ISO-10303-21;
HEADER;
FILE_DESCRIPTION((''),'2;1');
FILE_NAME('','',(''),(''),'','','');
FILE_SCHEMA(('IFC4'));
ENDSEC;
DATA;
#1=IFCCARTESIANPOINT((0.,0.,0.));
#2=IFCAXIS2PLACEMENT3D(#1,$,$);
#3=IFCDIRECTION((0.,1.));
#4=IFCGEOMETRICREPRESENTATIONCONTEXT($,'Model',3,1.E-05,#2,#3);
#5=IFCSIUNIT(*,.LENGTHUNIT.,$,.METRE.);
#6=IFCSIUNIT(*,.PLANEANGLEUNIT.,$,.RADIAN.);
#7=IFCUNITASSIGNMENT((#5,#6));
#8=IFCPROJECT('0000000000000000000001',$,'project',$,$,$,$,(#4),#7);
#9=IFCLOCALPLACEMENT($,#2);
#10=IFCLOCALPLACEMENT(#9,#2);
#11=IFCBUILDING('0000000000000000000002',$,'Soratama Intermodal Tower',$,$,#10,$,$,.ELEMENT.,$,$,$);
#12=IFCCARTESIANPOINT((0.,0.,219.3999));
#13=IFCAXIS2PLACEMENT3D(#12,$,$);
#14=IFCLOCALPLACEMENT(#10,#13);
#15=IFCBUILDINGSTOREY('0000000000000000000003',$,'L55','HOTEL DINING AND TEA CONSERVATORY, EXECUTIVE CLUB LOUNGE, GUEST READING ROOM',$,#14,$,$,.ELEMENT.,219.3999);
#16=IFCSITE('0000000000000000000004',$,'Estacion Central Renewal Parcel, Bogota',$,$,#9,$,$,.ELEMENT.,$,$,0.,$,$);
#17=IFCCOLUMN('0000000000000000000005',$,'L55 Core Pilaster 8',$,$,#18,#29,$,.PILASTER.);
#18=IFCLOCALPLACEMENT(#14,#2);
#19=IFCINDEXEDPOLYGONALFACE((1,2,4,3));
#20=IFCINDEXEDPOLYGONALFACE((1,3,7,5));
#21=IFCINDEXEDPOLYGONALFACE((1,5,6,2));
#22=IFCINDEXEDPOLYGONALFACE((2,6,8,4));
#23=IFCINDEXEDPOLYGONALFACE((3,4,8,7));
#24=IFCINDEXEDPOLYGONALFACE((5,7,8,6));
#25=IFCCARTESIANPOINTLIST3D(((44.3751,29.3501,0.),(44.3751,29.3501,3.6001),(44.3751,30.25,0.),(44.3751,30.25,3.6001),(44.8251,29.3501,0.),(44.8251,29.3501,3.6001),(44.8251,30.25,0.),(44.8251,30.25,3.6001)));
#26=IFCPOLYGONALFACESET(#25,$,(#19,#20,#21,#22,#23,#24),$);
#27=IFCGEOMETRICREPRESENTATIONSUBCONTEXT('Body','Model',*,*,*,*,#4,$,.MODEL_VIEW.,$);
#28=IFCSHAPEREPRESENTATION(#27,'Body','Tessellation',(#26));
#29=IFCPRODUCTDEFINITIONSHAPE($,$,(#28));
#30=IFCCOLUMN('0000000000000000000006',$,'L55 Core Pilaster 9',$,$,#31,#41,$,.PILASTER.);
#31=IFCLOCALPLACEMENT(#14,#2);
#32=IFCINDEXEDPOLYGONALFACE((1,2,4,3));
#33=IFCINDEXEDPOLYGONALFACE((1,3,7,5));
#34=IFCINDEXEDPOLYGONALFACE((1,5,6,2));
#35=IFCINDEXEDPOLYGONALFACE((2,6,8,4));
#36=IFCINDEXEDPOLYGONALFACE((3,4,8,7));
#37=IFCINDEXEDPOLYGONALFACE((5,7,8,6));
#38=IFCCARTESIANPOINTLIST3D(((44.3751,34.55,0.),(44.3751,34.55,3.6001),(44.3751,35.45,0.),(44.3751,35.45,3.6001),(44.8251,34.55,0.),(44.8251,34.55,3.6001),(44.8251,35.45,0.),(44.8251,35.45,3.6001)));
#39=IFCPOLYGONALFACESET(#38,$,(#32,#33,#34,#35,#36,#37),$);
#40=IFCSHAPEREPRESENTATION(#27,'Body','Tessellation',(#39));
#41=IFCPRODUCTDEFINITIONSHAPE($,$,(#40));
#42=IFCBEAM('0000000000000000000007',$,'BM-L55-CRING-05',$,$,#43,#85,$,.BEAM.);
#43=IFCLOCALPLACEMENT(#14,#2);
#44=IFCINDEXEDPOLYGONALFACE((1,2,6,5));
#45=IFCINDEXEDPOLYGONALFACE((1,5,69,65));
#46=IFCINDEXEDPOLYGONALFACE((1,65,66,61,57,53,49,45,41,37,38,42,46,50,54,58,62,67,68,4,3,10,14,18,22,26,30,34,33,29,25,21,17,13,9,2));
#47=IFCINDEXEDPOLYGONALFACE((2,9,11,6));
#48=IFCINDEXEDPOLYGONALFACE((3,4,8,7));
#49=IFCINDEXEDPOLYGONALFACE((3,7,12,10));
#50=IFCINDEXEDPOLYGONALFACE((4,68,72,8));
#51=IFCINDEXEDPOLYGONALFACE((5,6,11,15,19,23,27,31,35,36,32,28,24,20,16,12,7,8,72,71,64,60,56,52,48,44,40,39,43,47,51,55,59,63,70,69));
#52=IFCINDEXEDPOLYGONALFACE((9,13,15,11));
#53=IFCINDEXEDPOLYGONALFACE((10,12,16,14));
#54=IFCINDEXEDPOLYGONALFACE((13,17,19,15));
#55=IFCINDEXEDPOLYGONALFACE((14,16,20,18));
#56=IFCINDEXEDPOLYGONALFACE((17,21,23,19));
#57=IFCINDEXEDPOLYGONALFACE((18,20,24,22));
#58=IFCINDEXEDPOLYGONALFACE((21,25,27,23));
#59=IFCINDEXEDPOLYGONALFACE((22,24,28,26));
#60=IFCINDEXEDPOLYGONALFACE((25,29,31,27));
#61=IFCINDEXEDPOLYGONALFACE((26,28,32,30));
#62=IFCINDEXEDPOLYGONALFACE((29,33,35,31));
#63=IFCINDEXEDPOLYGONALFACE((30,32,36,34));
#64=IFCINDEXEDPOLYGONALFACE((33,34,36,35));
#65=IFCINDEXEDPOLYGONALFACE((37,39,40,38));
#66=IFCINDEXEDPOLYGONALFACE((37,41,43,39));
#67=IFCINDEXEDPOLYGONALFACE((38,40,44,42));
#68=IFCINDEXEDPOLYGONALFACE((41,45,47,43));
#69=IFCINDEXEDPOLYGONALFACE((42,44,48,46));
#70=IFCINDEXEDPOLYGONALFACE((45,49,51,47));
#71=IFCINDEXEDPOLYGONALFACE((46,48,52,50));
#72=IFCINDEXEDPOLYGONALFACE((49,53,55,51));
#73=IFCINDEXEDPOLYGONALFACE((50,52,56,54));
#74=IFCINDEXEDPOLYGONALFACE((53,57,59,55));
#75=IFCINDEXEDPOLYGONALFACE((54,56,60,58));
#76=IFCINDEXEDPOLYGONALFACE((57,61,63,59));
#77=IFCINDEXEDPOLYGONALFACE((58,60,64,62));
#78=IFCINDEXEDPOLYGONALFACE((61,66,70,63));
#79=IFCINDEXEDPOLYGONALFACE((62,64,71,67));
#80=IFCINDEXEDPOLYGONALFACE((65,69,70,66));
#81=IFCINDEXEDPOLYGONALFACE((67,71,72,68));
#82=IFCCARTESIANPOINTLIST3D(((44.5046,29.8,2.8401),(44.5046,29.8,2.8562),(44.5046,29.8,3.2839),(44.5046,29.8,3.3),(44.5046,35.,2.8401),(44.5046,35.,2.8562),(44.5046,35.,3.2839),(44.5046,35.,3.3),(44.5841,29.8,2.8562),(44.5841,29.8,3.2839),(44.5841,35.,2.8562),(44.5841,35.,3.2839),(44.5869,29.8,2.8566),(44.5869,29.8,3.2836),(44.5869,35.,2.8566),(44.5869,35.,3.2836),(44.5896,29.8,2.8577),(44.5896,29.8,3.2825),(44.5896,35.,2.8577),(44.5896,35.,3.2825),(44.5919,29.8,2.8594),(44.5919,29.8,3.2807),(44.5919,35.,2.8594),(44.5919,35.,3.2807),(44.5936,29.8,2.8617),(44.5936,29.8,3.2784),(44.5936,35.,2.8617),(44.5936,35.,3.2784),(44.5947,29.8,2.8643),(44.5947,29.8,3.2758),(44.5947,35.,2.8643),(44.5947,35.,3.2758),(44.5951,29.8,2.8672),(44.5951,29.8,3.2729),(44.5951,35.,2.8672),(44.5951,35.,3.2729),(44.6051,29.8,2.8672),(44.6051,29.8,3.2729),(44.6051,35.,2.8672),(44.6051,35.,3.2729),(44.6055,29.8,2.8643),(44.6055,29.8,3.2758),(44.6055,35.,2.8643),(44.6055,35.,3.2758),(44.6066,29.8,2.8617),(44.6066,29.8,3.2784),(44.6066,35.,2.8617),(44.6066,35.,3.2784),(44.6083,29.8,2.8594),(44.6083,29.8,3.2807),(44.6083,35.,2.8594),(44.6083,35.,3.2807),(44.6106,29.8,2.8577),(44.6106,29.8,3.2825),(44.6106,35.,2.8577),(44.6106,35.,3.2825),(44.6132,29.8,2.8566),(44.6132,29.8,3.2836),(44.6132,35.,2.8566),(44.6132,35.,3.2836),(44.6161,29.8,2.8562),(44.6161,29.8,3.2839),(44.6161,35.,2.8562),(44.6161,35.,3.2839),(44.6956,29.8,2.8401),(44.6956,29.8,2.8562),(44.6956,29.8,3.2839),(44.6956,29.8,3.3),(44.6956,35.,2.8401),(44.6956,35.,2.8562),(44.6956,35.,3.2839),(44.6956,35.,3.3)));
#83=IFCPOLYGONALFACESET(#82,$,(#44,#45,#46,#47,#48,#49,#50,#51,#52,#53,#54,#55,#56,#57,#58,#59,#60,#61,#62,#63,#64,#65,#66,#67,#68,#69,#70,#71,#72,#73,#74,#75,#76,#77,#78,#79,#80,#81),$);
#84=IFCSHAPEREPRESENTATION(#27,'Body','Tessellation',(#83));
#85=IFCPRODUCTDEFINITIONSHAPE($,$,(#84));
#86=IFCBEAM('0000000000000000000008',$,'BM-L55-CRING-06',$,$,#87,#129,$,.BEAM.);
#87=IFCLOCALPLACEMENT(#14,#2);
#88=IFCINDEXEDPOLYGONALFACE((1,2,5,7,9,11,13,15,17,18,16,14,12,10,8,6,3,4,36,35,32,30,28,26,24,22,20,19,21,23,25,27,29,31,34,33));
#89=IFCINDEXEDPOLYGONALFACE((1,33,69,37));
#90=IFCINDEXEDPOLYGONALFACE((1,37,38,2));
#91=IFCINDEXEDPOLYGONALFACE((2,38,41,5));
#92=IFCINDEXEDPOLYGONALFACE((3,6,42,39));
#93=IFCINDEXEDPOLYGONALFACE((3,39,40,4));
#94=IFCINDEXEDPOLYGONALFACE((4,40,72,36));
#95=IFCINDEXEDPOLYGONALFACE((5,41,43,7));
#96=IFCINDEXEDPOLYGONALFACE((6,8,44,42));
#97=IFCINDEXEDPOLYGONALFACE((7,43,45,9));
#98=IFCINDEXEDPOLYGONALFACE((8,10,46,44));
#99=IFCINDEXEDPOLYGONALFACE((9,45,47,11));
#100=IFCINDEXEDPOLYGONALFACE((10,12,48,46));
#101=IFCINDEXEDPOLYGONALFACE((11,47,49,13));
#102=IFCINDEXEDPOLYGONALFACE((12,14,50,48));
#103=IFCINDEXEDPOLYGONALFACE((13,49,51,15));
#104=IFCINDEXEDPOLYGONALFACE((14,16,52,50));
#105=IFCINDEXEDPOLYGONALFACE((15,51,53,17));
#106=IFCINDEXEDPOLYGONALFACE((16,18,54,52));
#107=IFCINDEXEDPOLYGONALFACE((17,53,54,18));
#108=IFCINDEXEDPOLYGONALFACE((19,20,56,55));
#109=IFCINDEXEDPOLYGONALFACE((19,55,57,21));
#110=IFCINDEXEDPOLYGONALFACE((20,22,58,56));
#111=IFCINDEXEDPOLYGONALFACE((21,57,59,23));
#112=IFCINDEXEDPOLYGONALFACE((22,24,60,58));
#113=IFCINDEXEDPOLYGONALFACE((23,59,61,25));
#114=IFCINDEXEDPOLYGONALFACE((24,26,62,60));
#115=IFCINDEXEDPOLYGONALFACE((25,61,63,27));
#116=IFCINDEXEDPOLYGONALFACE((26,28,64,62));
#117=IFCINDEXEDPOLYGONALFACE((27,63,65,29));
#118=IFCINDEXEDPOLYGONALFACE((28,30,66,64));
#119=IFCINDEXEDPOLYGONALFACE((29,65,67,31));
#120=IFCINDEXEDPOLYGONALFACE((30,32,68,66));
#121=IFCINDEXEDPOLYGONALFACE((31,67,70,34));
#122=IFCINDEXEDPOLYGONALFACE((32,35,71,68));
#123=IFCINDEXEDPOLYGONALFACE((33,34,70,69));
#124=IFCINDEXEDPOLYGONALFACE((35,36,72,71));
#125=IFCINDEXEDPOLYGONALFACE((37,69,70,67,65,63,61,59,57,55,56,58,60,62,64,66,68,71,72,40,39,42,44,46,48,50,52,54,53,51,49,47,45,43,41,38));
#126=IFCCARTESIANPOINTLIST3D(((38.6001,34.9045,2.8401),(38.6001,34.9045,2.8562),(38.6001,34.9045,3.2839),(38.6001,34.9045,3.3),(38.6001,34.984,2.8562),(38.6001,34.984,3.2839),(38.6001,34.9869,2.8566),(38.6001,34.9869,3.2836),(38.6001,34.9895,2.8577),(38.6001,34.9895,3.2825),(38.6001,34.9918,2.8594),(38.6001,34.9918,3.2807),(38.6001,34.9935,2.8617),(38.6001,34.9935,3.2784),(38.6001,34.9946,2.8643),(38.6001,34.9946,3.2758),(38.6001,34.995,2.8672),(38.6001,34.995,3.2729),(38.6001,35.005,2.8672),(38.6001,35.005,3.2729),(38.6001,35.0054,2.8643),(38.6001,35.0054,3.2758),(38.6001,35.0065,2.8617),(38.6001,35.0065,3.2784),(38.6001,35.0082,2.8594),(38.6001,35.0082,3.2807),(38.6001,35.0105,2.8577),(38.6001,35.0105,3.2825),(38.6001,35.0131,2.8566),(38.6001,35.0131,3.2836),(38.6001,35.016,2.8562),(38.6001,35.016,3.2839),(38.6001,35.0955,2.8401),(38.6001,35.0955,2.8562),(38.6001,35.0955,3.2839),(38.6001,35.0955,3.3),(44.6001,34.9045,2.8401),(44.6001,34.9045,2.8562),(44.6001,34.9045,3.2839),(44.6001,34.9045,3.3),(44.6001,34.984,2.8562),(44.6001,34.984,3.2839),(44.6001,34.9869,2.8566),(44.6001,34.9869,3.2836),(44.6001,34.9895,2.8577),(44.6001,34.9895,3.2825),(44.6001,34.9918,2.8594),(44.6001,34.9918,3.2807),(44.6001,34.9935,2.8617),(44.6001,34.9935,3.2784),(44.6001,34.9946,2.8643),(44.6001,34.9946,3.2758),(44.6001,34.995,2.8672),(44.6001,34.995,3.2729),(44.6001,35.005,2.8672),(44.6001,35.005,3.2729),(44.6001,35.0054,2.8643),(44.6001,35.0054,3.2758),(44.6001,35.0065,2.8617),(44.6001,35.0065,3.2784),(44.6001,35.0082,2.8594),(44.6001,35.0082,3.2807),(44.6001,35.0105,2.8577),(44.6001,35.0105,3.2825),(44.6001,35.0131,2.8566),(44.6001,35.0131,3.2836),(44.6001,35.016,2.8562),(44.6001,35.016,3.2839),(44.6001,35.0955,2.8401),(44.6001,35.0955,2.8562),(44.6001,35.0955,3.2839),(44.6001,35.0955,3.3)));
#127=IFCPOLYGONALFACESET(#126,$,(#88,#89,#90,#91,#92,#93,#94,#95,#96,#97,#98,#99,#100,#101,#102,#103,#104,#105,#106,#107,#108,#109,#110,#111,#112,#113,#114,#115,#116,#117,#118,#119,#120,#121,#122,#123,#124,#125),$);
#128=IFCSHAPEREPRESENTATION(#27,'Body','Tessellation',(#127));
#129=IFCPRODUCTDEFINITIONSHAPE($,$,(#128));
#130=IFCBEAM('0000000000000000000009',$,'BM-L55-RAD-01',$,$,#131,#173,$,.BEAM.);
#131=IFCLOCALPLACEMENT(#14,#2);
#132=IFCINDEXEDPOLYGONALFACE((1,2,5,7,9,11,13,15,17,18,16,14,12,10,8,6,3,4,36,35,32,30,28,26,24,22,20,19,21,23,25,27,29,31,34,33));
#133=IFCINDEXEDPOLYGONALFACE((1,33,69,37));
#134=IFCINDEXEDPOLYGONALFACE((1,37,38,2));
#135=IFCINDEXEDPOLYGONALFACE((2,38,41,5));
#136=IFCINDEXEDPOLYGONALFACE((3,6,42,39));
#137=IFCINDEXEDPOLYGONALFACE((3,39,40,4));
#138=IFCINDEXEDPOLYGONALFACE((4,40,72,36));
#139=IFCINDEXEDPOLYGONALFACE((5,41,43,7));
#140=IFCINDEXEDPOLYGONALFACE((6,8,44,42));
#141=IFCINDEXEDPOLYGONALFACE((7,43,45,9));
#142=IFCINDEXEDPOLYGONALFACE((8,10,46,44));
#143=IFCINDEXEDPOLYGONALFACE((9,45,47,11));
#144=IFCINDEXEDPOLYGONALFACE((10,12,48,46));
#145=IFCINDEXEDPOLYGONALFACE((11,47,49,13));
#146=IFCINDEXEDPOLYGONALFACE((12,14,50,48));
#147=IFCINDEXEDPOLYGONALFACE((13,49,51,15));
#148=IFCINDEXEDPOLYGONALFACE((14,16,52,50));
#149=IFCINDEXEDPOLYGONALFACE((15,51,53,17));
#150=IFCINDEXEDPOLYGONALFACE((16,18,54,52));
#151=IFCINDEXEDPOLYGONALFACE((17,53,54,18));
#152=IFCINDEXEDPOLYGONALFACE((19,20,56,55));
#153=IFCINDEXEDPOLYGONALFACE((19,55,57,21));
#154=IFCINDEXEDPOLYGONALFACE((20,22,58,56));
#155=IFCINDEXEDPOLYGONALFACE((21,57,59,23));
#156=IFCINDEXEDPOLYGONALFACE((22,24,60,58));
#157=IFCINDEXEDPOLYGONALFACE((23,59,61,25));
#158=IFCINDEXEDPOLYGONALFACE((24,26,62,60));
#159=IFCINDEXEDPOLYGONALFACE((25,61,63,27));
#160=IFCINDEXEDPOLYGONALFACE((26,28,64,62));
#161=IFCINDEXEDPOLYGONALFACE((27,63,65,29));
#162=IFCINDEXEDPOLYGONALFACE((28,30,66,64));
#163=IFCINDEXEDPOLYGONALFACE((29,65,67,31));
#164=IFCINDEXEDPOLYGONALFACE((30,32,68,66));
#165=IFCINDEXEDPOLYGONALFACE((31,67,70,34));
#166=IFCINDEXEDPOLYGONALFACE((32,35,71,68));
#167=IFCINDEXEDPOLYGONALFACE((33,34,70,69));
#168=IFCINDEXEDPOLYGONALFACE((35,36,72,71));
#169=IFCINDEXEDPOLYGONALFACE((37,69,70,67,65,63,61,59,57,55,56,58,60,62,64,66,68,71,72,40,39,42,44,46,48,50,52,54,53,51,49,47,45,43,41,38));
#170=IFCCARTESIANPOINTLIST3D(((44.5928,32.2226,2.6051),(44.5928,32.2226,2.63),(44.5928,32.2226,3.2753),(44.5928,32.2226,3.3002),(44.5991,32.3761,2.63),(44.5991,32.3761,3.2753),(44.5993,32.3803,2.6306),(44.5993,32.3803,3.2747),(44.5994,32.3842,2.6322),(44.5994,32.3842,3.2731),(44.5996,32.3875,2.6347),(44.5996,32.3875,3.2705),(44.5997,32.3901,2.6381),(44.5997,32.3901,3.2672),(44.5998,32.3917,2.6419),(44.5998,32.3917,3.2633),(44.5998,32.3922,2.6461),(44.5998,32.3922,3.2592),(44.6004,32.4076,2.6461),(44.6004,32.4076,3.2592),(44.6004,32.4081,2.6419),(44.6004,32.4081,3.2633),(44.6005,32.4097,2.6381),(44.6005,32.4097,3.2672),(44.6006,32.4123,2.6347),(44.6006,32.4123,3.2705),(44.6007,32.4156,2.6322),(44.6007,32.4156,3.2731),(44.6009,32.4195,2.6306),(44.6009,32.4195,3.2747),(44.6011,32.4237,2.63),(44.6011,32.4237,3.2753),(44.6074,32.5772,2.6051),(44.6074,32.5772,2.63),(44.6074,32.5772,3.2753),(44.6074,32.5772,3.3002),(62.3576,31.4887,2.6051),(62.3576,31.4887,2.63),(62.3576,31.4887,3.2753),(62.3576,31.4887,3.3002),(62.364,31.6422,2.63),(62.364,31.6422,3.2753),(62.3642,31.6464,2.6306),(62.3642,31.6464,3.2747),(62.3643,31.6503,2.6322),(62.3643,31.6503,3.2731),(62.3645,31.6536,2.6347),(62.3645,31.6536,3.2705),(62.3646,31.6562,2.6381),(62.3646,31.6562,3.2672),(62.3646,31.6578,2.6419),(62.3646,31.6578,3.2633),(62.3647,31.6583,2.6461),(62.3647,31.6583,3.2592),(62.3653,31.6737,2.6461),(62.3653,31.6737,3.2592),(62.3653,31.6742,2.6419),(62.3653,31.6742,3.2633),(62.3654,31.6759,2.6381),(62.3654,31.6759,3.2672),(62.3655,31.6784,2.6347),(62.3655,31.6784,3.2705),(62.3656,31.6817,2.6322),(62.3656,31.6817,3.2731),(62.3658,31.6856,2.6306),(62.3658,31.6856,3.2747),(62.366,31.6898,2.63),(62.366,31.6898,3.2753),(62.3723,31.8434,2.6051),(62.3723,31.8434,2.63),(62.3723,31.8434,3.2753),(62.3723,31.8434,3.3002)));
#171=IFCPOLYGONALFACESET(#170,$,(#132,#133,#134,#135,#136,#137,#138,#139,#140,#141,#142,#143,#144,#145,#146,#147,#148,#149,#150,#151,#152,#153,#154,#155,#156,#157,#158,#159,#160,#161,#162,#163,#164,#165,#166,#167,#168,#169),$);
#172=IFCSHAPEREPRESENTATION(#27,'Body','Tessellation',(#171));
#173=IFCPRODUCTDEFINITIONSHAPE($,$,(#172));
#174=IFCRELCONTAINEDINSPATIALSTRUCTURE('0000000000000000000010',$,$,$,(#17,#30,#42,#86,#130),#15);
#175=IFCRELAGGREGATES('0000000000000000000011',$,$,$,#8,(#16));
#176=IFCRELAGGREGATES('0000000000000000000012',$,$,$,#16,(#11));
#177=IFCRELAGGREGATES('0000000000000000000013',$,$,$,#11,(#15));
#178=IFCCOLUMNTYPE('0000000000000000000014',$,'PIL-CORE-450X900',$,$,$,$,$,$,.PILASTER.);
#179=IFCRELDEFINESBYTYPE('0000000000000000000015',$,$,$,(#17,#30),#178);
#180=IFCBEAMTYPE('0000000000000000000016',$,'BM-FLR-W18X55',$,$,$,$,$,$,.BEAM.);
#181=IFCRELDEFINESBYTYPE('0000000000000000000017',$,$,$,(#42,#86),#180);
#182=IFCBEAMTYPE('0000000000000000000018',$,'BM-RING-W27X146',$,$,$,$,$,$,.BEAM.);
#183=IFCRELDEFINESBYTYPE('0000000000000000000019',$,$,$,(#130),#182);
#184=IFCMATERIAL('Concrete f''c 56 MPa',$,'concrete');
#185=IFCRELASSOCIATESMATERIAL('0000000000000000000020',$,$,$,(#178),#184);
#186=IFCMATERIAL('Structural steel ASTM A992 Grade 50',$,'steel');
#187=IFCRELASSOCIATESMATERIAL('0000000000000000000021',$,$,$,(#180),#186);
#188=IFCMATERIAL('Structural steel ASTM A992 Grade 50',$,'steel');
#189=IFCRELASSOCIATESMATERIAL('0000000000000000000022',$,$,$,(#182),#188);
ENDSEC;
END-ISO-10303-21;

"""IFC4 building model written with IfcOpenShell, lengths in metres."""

from ifc_helpers import new_model, si_unit, direction, frame, origin, origin_2d, place, context, subcontext, project, spatial, rectangle, i_section, extrude, material, material_profile, profile_set, type_object, element, save


model = new_model("IFC4")

# Units and contexts
model_context = context("Model", 3, precision=1e-05, world=origin(), true_north=direction((0.0, 1.0)))
body_context = subcontext(model_context, "Body", "Model", "MODEL_VIEW")
ifc_project = project(units=[si_unit("LENGTHUNIT", "METRE"), si_unit("PLANEANGLEUNIT", "RADIAN")], contexts=[model_context])

# Site, building, storey
site_placement = place(None, origin())
site = spatial("IfcSite", under=ifc_project, at=site_placement, Name="Estacion Central Renewal Parcel, Bogota", CompositionType="ELEMENT", RefElevation=0.0)
building_placement = place(site_placement, origin())
building = spatial("IfcBuilding", under=site, at=building_placement, Name="Soratama Intermodal Tower", CompositionType="ELEMENT")
storey_placement = place(building_placement, frame((0.0, 0.0, 219.3999)))
storey = spatial("IfcBuildingStorey", under=building, at=storey_placement, Name="L55", Description="HOTEL DINING AND TEA CONSERVATORY, EXECUTIVE CLUB LOUNGE, GUEST READING ROOM", CompositionType="ELEMENT", Elevation=219.3999)

# Columns
ifc_material_1 = material(Name="Concrete f'c 56 MPa", Category="concrete")
ifc_material_profile_1 = material_profile(ifc_material_1, rectangle(XDim=0.45, YDim=0.8999, at=origin_2d()), Name="RC450X900")
ifc_profile_set_1 = profile_set([ifc_material_profile_1], Name="Concrete f'c 56 MPa")
column_type = type_object("IfcColumnType", Name="PIL-CORE-450X900", PredefinedType="PILASTER", material=ifc_profile_set_1)
for number, where, z_axis, x_axis, name in (
    (1, (44.6001, 29.8, 0.0), (0.0, 0.0, 1.0), (1.0, 0.0, 0.0), "L55 Core Pilaster 8"),
    (2, (44.6001, 35.0, 0.0), (0.0, 0.0, 1.0), (1.0, 0.0, 0.0), "L55 Core Pilaster 9"),
):
    element("IfcColumn", number, at=place(storey_placement, frame(where, z_axis=z_axis, x_axis=x_axis)), inside=storey, type_object=column_type, Name=name, PredefinedType="PILASTER", context=body_context, shape_type="SweptSolid", body=[
        extrude(rectangle(XDim=0.45, YDim=0.8999, at=origin_2d()), origin(), (0.0, 0.0, 1.0), 3.6001),
    ])

# Beams
ifc_material_2 = material(Name="Structural steel ASTM A992 Grade 50", Category="steel")
ifc_material_profile_2 = material_profile(ifc_material_2, i_section(OverallWidth=0.1909, OverallDepth=0.46, WebThickness=0.01, FlangeThickness=0.0161, FilletRadius=0.011, at=origin_2d()), Name="W18X55")
ifc_profile_set_2 = profile_set([ifc_material_profile_2], Name="Structural steel ASTM A992 Grade 50")
beam_type_1 = type_object("IfcBeamType", Name="BM-FLR-W18X55", PredefinedType="BEAM", material=ifc_profile_set_2)
beam_1_placement = place(storey_placement, frame((44.6001, 29.8, 3.0701), z_axis=(0.0, 1.0, 0.0), x_axis=(-1.0, 0.0, 0.0)))
element("IfcBeam", 3, at=beam_1_placement, inside=storey, type_object=beam_type_1, Name="BM-L55-CRING-05", PredefinedType="BEAM", context=body_context, shape_type="SweptSolid", body=[
    extrude(i_section(OverallWidth=0.1909, OverallDepth=0.46, WebThickness=0.01, FlangeThickness=0.0161, FilletRadius=0.011, at=origin_2d()), origin(), (0.0, 0.0, 1.0), 5.2),
])
beam_2_placement = place(storey_placement, frame((44.6001, 35.0, 3.0701), z_axis=(-1.0, 0.0, 0.0), x_axis=(0.0, -1.0, 0.0)))
element("IfcBeam", 4, at=beam_2_placement, inside=storey, type_object=beam_type_1, Name="BM-L55-CRING-06", PredefinedType="BEAM", context=body_context, shape_type="SweptSolid", body=[
    extrude(i_section(OverallWidth=0.1909, OverallDepth=0.46, WebThickness=0.01, FlangeThickness=0.0161, FilletRadius=0.011, at=origin_2d()), origin(), (0.0, 0.0, 1.0), 6.0),
])
ifc_material_3 = material(Name="Structural steel ASTM A992 Grade 50", Category="steel")
ifc_material_profile_3 = material_profile(ifc_material_3, i_section(OverallWidth=0.355, OverallDepth=0.6951, WebThickness=0.0154, FlangeThickness=0.0249, FilletRadius=0.0161, at=origin_2d()), Name="W27X146")
ifc_profile_set_3 = profile_set([ifc_material_profile_3], Name="Structural steel ASTM A992 Grade 50")
beam_type_2 = type_object("IfcBeamType", Name="BM-RING-W27X146", PredefinedType="BEAM", material=ifc_profile_set_3)
beam_3_placement = place(storey_placement, frame((44.6001, 32.3999, 2.9526), z_axis=(0.999148, -0.041276, 0.0), x_axis=(0.041276, 0.999148, 0.0)))
element("IfcBeam", 5, at=beam_3_placement, inside=storey, type_object=beam_type_2, Name="BM-L55-RAD-01", PredefinedType="BEAM", context=body_context, shape_type="SweptSolid", body=[
    extrude(i_section(OverallWidth=0.355, OverallDepth=0.6951, WebThickness=0.0154, FlangeThickness=0.0249, FilletRadius=0.0161, at=origin_2d()), origin(), (0.0, 0.0, 1.0), 17.78),
])

save(model, "model.ifc")
